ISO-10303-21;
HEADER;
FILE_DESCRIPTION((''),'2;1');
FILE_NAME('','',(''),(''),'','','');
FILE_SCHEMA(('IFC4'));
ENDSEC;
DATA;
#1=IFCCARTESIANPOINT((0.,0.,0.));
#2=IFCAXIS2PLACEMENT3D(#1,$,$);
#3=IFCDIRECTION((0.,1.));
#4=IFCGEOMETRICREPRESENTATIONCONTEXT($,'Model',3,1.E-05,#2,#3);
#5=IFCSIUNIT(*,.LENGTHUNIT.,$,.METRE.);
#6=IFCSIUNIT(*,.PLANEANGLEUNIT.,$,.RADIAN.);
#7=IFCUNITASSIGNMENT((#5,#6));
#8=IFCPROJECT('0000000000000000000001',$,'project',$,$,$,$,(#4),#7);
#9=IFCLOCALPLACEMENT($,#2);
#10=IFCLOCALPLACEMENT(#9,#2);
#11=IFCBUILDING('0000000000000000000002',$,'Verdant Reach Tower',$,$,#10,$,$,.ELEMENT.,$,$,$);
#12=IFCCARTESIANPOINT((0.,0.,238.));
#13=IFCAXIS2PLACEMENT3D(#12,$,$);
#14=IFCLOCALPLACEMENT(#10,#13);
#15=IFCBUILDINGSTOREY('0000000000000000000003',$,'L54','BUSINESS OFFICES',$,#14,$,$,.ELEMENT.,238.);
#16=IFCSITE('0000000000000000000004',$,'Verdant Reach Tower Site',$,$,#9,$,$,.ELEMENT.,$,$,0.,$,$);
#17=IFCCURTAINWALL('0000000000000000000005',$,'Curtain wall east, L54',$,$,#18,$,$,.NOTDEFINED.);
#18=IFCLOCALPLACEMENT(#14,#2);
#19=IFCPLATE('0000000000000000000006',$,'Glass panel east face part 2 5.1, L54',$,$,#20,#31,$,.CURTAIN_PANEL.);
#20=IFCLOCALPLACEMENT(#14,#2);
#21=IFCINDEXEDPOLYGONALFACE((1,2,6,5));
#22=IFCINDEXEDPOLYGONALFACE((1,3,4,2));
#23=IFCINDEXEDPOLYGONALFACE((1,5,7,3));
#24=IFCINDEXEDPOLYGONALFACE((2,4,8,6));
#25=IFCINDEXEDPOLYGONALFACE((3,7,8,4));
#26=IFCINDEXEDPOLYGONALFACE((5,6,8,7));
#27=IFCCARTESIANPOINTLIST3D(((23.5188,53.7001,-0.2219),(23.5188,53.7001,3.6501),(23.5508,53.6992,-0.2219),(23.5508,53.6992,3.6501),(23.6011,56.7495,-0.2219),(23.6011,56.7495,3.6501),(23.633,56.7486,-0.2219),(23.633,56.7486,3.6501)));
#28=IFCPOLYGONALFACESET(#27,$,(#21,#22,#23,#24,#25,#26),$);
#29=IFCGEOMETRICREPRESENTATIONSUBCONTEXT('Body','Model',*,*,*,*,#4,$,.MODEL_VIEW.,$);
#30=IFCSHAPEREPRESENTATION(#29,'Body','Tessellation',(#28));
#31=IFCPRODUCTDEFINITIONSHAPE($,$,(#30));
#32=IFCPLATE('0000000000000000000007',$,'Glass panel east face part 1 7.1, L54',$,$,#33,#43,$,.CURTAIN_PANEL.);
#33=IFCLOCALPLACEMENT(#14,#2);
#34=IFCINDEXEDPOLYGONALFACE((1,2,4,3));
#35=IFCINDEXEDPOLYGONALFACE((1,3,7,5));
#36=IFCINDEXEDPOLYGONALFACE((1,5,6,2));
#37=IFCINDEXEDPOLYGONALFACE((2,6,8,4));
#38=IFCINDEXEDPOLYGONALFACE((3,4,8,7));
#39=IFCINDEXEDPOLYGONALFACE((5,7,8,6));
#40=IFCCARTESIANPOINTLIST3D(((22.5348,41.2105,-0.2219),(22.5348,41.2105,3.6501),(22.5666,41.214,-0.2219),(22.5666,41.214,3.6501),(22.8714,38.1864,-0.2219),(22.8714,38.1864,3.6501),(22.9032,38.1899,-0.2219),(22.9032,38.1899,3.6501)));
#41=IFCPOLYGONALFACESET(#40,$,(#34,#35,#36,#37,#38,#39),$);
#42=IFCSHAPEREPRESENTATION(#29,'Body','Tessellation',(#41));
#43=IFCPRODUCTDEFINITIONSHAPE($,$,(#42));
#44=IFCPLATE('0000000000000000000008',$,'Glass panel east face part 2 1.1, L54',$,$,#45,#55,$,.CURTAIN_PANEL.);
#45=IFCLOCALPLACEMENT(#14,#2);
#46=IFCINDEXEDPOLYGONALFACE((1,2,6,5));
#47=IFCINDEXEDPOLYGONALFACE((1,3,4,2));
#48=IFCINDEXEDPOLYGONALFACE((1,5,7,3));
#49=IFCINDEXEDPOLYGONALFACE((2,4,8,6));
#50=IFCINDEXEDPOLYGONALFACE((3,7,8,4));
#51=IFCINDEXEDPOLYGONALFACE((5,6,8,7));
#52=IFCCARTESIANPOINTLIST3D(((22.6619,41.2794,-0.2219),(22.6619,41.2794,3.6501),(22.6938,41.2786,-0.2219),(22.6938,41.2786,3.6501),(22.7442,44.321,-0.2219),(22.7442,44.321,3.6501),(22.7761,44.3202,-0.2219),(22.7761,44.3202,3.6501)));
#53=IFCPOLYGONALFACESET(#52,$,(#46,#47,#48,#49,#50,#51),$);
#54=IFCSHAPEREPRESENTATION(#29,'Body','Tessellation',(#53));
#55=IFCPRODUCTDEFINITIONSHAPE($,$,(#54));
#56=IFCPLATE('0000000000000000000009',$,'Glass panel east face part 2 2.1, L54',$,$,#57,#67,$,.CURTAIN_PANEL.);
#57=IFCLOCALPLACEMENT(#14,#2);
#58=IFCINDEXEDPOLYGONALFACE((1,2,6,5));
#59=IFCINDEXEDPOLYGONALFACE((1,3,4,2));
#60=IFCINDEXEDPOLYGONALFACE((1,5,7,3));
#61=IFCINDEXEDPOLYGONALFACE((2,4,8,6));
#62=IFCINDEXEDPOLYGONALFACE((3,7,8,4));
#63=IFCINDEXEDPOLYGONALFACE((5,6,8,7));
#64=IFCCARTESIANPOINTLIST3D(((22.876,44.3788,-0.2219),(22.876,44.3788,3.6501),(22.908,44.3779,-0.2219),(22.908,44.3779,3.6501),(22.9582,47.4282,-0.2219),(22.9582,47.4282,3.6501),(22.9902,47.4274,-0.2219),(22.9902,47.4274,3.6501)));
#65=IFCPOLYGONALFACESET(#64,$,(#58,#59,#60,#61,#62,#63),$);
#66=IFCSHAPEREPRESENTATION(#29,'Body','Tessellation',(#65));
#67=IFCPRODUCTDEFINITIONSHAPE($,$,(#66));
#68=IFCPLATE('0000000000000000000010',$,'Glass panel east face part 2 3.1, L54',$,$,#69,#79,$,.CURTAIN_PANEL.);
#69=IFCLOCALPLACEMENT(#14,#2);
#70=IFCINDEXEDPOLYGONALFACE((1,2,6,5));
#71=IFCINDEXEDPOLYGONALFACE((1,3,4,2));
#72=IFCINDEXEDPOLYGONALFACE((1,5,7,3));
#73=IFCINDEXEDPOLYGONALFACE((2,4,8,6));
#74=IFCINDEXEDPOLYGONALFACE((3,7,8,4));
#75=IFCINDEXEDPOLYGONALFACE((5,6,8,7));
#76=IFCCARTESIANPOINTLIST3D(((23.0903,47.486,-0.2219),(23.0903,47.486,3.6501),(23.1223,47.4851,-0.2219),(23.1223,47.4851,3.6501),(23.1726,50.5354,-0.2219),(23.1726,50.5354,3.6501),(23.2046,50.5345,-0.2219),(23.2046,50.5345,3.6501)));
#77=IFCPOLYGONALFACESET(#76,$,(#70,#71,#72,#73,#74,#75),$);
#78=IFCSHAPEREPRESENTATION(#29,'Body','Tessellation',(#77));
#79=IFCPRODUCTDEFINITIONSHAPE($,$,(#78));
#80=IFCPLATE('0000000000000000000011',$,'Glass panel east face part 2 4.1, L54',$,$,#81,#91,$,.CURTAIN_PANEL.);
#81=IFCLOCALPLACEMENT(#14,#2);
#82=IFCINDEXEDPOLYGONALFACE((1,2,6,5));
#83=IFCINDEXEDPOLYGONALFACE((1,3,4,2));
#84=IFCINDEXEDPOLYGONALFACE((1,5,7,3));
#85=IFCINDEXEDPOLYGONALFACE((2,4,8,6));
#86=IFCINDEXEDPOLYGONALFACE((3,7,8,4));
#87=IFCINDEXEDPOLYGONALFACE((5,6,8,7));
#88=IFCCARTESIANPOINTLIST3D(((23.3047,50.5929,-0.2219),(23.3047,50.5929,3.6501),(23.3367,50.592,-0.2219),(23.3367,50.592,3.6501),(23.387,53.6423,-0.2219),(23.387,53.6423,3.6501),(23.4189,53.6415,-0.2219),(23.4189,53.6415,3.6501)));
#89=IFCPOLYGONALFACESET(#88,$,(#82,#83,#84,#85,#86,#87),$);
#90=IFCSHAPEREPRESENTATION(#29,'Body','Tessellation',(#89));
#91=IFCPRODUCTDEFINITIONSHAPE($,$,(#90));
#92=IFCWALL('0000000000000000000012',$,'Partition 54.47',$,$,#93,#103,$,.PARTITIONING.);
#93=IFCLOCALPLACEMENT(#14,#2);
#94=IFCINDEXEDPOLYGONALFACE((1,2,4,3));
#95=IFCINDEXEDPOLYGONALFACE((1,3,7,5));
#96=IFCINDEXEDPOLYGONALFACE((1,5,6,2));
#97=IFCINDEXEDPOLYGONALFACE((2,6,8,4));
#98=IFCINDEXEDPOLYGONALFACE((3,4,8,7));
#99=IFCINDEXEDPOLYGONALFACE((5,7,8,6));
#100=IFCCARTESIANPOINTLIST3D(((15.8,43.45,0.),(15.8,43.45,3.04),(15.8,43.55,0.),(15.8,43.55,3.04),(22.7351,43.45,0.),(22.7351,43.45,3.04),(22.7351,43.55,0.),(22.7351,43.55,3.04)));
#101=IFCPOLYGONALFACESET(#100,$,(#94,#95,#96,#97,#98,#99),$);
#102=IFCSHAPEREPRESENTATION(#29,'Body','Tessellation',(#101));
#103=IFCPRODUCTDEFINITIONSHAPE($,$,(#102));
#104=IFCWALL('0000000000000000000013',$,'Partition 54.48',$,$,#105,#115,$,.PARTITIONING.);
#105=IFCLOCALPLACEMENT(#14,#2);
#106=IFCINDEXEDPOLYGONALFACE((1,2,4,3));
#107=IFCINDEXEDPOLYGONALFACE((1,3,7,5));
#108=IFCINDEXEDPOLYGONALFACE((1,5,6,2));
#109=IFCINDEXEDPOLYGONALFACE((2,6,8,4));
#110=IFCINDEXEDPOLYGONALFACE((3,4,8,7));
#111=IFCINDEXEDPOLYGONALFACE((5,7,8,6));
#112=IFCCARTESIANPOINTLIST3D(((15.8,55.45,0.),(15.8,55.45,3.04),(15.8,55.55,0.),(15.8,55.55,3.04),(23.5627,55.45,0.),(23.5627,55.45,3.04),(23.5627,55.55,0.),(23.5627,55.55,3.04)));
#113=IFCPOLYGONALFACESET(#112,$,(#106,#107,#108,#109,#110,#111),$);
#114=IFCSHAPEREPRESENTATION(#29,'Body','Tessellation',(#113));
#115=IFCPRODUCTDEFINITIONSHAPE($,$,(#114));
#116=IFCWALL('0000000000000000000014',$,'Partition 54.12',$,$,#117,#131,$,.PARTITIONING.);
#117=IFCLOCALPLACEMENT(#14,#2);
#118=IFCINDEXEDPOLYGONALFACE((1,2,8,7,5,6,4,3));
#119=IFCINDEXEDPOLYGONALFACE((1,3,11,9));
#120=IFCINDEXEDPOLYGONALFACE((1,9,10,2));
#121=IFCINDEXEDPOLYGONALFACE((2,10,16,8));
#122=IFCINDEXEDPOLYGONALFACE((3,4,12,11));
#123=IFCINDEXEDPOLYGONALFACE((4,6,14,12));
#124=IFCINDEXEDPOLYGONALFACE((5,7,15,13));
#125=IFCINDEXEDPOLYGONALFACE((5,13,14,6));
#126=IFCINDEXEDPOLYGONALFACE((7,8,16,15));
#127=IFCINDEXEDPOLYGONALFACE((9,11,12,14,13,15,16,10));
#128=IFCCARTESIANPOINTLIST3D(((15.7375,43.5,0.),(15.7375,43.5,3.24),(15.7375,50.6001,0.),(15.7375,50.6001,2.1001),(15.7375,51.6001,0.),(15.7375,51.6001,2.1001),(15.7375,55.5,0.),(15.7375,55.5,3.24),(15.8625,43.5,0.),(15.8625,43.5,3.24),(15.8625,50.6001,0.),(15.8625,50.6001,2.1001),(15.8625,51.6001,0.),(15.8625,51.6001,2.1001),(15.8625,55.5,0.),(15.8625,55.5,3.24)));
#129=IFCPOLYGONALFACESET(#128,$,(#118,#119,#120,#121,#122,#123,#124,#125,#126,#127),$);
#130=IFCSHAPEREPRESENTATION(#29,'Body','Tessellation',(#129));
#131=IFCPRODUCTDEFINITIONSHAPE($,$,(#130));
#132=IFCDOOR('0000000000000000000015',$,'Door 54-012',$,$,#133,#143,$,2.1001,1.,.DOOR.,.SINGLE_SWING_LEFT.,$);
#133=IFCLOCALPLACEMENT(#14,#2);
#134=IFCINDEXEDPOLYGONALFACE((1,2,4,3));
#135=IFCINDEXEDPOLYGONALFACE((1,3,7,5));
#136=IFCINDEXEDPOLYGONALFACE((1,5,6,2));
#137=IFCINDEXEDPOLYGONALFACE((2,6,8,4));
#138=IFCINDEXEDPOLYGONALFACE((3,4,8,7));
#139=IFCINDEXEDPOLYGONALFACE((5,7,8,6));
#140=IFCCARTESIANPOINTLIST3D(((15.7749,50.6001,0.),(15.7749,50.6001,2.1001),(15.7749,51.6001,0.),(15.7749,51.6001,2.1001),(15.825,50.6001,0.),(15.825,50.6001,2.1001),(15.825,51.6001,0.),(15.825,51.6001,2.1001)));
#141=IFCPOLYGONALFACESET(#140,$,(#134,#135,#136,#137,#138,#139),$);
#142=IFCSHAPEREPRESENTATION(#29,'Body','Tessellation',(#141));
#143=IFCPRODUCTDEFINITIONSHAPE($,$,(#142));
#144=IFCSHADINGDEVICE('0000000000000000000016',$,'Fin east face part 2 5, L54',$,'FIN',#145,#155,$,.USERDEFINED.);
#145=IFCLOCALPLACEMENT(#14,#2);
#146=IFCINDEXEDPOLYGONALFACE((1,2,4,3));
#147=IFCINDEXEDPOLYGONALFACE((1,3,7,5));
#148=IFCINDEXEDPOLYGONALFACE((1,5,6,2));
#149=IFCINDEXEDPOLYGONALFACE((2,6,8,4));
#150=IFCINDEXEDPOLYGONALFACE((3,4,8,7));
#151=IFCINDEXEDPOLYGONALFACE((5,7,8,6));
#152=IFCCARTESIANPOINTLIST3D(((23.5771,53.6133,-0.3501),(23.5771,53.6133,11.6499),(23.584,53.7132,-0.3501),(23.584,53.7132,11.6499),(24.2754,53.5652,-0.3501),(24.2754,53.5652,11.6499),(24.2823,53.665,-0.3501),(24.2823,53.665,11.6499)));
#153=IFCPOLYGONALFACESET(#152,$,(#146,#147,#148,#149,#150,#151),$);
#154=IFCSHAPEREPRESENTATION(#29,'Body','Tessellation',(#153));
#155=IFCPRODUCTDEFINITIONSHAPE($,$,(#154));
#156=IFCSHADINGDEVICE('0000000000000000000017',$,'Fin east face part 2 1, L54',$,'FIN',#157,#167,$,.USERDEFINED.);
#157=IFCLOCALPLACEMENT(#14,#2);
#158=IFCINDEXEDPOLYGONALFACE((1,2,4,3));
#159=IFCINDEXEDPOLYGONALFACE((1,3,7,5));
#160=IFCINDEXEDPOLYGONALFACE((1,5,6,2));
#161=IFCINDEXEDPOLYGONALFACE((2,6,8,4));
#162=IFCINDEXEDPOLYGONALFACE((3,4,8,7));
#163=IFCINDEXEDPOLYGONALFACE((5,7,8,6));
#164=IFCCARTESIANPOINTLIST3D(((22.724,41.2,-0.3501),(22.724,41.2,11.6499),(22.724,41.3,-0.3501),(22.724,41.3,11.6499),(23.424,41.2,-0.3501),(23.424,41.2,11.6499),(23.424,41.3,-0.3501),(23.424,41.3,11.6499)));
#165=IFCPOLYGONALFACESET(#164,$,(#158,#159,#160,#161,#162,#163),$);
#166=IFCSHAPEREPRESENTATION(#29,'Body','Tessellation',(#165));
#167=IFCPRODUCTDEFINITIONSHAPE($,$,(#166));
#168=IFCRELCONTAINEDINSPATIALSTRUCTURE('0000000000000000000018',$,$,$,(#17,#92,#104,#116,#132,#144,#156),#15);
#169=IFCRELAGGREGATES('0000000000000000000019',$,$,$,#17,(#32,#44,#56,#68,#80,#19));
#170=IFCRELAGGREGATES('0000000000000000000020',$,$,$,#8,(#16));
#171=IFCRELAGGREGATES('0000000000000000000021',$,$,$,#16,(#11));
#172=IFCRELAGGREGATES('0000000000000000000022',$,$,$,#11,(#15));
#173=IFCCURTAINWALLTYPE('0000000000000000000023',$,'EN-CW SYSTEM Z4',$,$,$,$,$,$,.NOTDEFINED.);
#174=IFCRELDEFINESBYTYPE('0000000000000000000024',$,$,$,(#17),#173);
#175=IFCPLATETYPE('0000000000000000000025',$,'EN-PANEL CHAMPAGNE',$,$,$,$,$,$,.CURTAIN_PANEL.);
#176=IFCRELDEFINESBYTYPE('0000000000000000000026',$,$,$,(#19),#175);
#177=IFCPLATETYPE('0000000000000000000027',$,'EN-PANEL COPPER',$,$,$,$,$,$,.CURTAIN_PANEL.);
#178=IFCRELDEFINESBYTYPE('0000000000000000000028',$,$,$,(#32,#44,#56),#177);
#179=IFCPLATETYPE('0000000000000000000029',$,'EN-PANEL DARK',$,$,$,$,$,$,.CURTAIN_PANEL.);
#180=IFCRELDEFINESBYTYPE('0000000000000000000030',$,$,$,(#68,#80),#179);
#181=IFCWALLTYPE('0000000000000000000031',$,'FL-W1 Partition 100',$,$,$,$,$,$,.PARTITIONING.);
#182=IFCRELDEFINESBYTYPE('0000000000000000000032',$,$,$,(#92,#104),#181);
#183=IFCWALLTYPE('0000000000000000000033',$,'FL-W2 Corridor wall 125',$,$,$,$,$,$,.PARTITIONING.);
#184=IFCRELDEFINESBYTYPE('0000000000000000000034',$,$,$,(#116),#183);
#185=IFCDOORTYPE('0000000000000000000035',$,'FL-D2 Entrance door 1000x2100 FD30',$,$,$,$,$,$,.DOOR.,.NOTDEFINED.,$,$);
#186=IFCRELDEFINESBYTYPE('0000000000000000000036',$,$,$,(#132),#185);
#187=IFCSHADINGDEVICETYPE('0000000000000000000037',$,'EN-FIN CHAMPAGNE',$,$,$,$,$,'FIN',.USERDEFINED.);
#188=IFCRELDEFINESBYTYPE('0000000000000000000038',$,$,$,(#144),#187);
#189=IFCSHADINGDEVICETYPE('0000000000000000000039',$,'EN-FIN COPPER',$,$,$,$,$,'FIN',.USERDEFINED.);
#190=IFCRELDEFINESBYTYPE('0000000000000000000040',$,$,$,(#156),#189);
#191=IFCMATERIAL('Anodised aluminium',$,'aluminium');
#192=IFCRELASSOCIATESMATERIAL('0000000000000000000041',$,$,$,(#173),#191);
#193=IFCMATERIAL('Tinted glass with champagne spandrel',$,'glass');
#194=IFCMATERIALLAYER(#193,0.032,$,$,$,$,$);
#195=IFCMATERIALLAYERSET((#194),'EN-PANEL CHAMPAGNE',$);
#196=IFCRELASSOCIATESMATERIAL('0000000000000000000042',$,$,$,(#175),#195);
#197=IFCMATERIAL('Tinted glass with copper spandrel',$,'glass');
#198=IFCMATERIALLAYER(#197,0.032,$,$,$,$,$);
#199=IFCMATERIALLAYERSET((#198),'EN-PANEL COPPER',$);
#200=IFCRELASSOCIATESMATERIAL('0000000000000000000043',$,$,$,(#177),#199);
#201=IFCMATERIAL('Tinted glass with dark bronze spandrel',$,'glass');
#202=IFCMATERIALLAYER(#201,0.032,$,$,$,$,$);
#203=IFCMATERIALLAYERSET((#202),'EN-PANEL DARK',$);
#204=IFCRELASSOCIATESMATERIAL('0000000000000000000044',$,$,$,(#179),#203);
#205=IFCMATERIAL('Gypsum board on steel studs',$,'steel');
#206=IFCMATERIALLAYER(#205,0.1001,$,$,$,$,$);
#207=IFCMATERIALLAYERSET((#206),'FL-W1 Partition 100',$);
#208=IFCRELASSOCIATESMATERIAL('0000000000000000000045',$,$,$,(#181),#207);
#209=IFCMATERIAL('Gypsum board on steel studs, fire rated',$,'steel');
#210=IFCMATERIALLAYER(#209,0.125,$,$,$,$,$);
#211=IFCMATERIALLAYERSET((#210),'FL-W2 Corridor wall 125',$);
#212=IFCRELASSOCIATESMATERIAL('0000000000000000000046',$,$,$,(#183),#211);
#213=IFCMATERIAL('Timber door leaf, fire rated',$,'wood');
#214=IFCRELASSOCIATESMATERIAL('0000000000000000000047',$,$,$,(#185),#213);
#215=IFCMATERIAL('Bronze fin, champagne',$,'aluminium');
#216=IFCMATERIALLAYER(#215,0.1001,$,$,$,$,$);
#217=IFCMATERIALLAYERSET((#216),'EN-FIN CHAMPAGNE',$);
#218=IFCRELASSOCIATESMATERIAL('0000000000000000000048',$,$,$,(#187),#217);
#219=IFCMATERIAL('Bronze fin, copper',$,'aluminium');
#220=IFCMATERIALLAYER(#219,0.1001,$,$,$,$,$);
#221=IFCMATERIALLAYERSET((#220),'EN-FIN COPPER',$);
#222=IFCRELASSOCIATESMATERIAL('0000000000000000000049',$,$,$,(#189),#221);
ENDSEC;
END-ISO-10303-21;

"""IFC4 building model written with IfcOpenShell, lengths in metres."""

from ifc_helpers import new_model, si_unit, direction, frame, frame_2d, origin, origin_2d, place, context, subcontext, project, spatial, rectangle, extrude, material, layer, layer_set, type_object, element, fill, aggregate, save


model = new_model("IFC4")

# Units and contexts
model_context = context("Model", 3, precision=1e-05, world=origin(), true_north=direction((0.0, 1.0)))
body_context = subcontext(model_context, "Body", "Model", "MODEL_VIEW")
ifc_project = project(units=[si_unit("LENGTHUNIT", "METRE"), si_unit("PLANEANGLEUNIT", "RADIAN")], contexts=[model_context])

# Site, building, storey
site_placement = place(None, origin())
site = spatial("IfcSite", under=ifc_project, at=site_placement, Name="Verdant Reach Tower Site", CompositionType="ELEMENT", RefElevation=0.0)
building_placement = place(site_placement, origin())
building = spatial("IfcBuilding", under=site, at=building_placement, Name="Verdant Reach Tower", CompositionType="ELEMENT")
storey_placement = place(building_placement, frame((0.0, 0.0, 238.0)))
storey = spatial("IfcBuildingStorey", under=building, at=storey_placement, Name="L54", Description="BUSINESS OFFICES", CompositionType="ELEMENT", Elevation=238.0)

# Curtain wall
ifc_material_1 = material(Name="Anodised aluminium", Category="aluminium")
curtain_wall_type = type_object("IfcCurtainWallType", Name="EN-CW SYSTEM Z4", PredefinedType="NOTDEFINED", material=ifc_material_1)
curtain_wall_placement = place(storey_placement, origin())
curtain_wall = element("IfcCurtainWall", 1, at=curtain_wall_placement, inside=storey, type_object=curtain_wall_type, Name="Curtain wall east, L54", PredefinedType="NOTDEFINED")

# Plates
ifc_material_2 = material(Name="Tinted glass with champagne spandrel", Category="glass")
ifc_layer_1 = layer(ifc_material_2, 0.032)
ifc_layer_set_1 = layer_set([ifc_layer_1], Name="EN-PANEL CHAMPAGNE")
plate_type_1 = type_object("IfcPlateType", Name="EN-PANEL CHAMPAGNE", PredefinedType="CURTAIN_PANEL", material=ifc_layer_set_1)
plate_1_placement = place(storey_placement, frame((23.5759, 55.2244, -0.2219), z_axis=(0.0, 0.0, 1.0), x_axis=(0.026965, 0.999636, 0.0)))
plate_1 = element("IfcPlate", 2, at=plate_1_placement, type_object=plate_type_1, Name="Glass panel east face part 2 5.1, L54", PredefinedType="CURTAIN_PANEL", context=body_context, shape_type="SweptSolid", body=[
    extrude(rectangle(XDim=3.0505, YDim=0.032, at=origin_2d()), origin(), (0.0, 0.0, 1.0), 3.8721),
])
ifc_material_3 = material(Name="Tinted glass with copper spandrel", Category="glass")
ifc_layer_2 = layer(ifc_material_3, 0.032)
ifc_layer_set_2 = layer_set([ifc_layer_2], Name="EN-PANEL COPPER")
plate_type_2 = type_object("IfcPlateType", Name="EN-PANEL COPPER", PredefinedType="CURTAIN_PANEL", material=ifc_layer_set_2)
plate_2_placement = place(storey_placement, frame((22.719, 39.7002, -0.2219), z_axis=(0.0, 0.0, 1.0), x_axis=(-0.110603, 0.993865, 0.0)))
plate_2 = element("IfcPlate", 3, at=plate_2_placement, type_object=plate_type_2, Name="Glass panel east face part 1 7.1, L54", PredefinedType="CURTAIN_PANEL", context=body_context, shape_type="SweptSolid", body=[
    extrude(rectangle(XDim=3.0427, YDim=0.032, at=origin_2d()), origin(), (0.0, 0.0, 1.0), 3.8721),
])
plate_3_placement = place(storey_placement, frame((22.719, 42.7998, -0.2219), z_axis=(0.0, 0.0, 1.0), x_axis=(0.027051, 0.999634, 0.0)))
plate_3 = element("IfcPlate", 4, at=plate_3_placement, type_object=plate_type_2, Name="Glass panel east face part 2 1.1, L54", PredefinedType="CURTAIN_PANEL", context=body_context, shape_type="SweptSolid", body=[
    extrude(rectangle(XDim=3.0427, YDim=0.032, at=origin_2d()), origin(), (0.0, 0.0, 1.0), 3.8721),
])
plate_4_placement = place(storey_placement, frame((22.9331, 45.9031, -0.2219), z_axis=(0.0, 0.0, 1.0), x_axis=(0.026965, 0.999636, 0.0)))
plate_4 = element("IfcPlate", 5, at=plate_4_placement, type_object=plate_type_2, Name="Glass panel east face part 2 2.1, L54", PredefinedType="CURTAIN_PANEL", context=body_context, shape_type="SweptSolid", body=[
    extrude(rectangle(XDim=3.0505, YDim=0.032, at=origin_2d()), origin(), (0.0, 0.0, 1.0), 3.8721),
])
ifc_material_4 = material(Name="Tinted glass with dark bronze spandrel", Category="glass")
ifc_layer_3 = layer(ifc_material_4, 0.032)
ifc_layer_set_3 = layer_set([ifc_layer_3], Name="EN-PANEL DARK")
plate_type_3 = type_object("IfcPlateType", Name="EN-PANEL DARK", PredefinedType="CURTAIN_PANEL", material=ifc_layer_set_3)
plate_5_placement = place(storey_placement, frame((23.1475, 49.0103, -0.2219), z_axis=(0.0, 0.0, 1.0), x_axis=(0.026965, 0.999636, 0.0)))
plate_5 = element("IfcPlate", 6, at=plate_5_placement, type_object=plate_type_3, Name="Glass panel east face part 2 3.1, L54", PredefinedType="CURTAIN_PANEL", context=body_context, shape_type="SweptSolid", body=[
    extrude(rectangle(XDim=3.0505, YDim=0.032, at=origin_2d()), origin(), (0.0, 0.0, 1.0), 3.8721),
])
plate_6_placement = place(storey_placement, frame((23.3618, 52.1172, -0.2219), z_axis=(0.0, 0.0, 1.0), x_axis=(0.026965, 0.999636, 0.0)))
plate_6 = element("IfcPlate", 7, at=plate_6_placement, type_object=plate_type_3, Name="Glass panel east face part 2 4.1, L54", PredefinedType="CURTAIN_PANEL", context=body_context, shape_type="SweptSolid", body=[
    extrude(rectangle(XDim=3.0505, YDim=0.032, at=origin_2d()), origin(), (0.0, 0.0, 1.0), 3.8721),
])
aggregate(curtain_wall, [plate_2, plate_3, plate_4, plate_5, plate_6, plate_1])

# Walls
ifc_material_5 = material(Name="Gypsum board on steel studs", Category="steel")
ifc_layer_4 = layer(ifc_material_5, 0.1001)
ifc_layer_set_4 = layer_set([ifc_layer_4], Name="FL-W1 Partition 100")
wall_type_1 = type_object("IfcWallType", Name="FL-W1 Partition 100", PredefinedType="PARTITIONING", material=ifc_layer_set_4)
wall_1_placement = place(storey_placement, frame((22.7351, 43.5, 0.0), z_axis=(0.0, 0.0, 1.0), x_axis=(-1.0, 0.0, 0.0)))
element("IfcWall", 8, at=wall_1_placement, inside=storey, type_object=wall_type_1, Name="Partition 54.47", PredefinedType="PARTITIONING", context=body_context, shape_type="SweptSolid", body=[
    extrude(rectangle(XDim=6.9351, YDim=0.1001, at=frame_2d((3.4675, 0.0))), origin(), (0.0, 0.0, 1.0), 3.04),
])
wall_2_placement = place(storey_placement, frame((23.5627, 55.5, 0.0), z_axis=(0.0, 0.0, 1.0), x_axis=(-1.0, 0.0, 0.0)))
element("IfcWall", 9, at=wall_2_placement, inside=storey, type_object=wall_type_1, Name="Partition 54.48", PredefinedType="PARTITIONING", context=body_context, shape_type="SweptSolid", body=[
    extrude(rectangle(XDim=7.7627, YDim=0.1001, at=frame_2d((3.8813, 0.0))), origin(), (0.0, 0.0, 1.0), 3.04),
])

# Wall, opening, door
ifc_material_6 = material(Name="Gypsum board on steel studs, fire rated", Category="steel")
ifc_layer_5 = layer(ifc_material_6, 0.125)
ifc_layer_set_5 = layer_set([ifc_layer_5], Name="FL-W2 Corridor wall 125")
wall_type_2 = type_object("IfcWallType", Name="FL-W2 Corridor wall 125", PredefinedType="PARTITIONING", material=ifc_layer_set_5)
wall_3_placement = place(storey_placement, frame((15.8, 55.5, 0.0), z_axis=(0.0, 0.0, 1.0), x_axis=(0.0, -1.0, 0.0)))
wall_3 = element("IfcWall", 10, at=wall_3_placement, inside=storey, type_object=wall_type_2, Name="Partition 54.12", PredefinedType="PARTITIONING", context=body_context, shape_type="SweptSolid", body=[
    extrude(rectangle(XDim=12.0, YDim=0.125, at=frame_2d((6.0, 0.0))), origin(), (0.0, 0.0, 1.0), 3.24),
])
opening_placement = place(wall_3_placement, frame((3.8999, 0.0, 0.0)))
opening = element("IfcOpeningElement", 11, at=opening_placement, cuts=wall_3, PredefinedType="OPENING", context=body_context, shape_type="SweptSolid", body=[
    extrude(rectangle(XDim=1.0, YDim=2.1001, at=frame_2d((0.5, 1.05))), frame((0.0, 0.0725, 0.0), z_axis=(0.0, -1.0, 0.0), x_axis=(1.0, 0.0, 0.0)), (0.0, 0.0, 1.0), 0.145),
])
ifc_material_7 = material(Name="Timber door leaf, fire rated", Category="wood")
door_type = type_object("IfcDoorType", Name="FL-D2 Entrance door 1000x2100 FD30", OperationType="NOTDEFINED", PredefinedType="DOOR", material=ifc_material_7)
door_placement = place(opening_placement, origin())
door = element("IfcDoor", 12, at=door_placement, inside=storey, type_object=door_type, Name="Door 54-012", OperationType="SINGLE_SWING_LEFT", OverallHeight=2.1001, OverallWidth=1.0, PredefinedType="DOOR", context=body_context, shape_type="SweptSolid", body=[
    extrude(rectangle(XDim=1.0, YDim=2.1001, at=frame_2d((0.5, 1.05))), frame((0.0, 0.0249, 0.0), z_axis=(0.0, -1.0, 0.0), x_axis=(1.0, 0.0, 0.0)), (0.0, 0.0, 1.0), 0.05),
])
fill(opening, door)

# Shading devices
ifc_material_8 = material(Name="Bronze fin, champagne", Category="aluminium")
ifc_layer_6 = layer(ifc_material_8, 0.1001)
ifc_layer_set_6 = layer_set([ifc_layer_6], Name="EN-FIN CHAMPAGNE")
shading_device_type_1 = type_object("IfcShadingDeviceType", Name="EN-FIN CHAMPAGNE", ElementType="FIN", PredefinedType="USERDEFINED", material=ifc_layer_set_6)
shading_device_1_placement = place(storey_placement, frame((23.9297, 53.6392, -0.3501), z_axis=(0.0, 0.0, 1.0), x_axis=(0.068802, 0.99763, 0.0)))
element("IfcShadingDevice", 13, at=shading_device_1_placement, inside=storey, type_object=shading_device_type_1, Name="Fin east face part 2 5, L54", ObjectType="FIN", PredefinedType="USERDEFINED", context=body_context, shape_type="SweptSolid", body=[
    extrude(rectangle(XDim=0.1001, YDim=0.7, at=origin_2d()), origin(), (0.0, 0.0, 1.0), 12.0),
])
ifc_material_9 = material(Name="Bronze fin, copper", Category="aluminium")
ifc_layer_7 = layer(ifc_material_9, 0.1001)
ifc_layer_set_7 = layer_set([ifc_layer_7], Name="EN-FIN COPPER")
shading_device_type_2 = type_object("IfcShadingDeviceType", Name="EN-FIN COPPER", ElementType="FIN", PredefinedType="USERDEFINED", material=ifc_layer_set_7)
shading_device_2_placement = place(storey_placement, frame((23.074, 41.25, -0.3501), z_axis=(0.0, 0.0, 1.0), x_axis=(0.0, 1.0, 0.0)))
element("IfcShadingDevice", 14, at=shading_device_2_placement, inside=storey, type_object=shading_device_type_2, Name="Fin east face part 2 1, L54", ObjectType="FIN", PredefinedType="USERDEFINED", context=body_context, shape_type="SweptSolid", body=[
    extrude(rectangle(XDim=0.1001, YDim=0.7, at=origin_2d()), origin(), (0.0, 0.0, 1.0), 12.0),
])

save(model, "model.ifc")
